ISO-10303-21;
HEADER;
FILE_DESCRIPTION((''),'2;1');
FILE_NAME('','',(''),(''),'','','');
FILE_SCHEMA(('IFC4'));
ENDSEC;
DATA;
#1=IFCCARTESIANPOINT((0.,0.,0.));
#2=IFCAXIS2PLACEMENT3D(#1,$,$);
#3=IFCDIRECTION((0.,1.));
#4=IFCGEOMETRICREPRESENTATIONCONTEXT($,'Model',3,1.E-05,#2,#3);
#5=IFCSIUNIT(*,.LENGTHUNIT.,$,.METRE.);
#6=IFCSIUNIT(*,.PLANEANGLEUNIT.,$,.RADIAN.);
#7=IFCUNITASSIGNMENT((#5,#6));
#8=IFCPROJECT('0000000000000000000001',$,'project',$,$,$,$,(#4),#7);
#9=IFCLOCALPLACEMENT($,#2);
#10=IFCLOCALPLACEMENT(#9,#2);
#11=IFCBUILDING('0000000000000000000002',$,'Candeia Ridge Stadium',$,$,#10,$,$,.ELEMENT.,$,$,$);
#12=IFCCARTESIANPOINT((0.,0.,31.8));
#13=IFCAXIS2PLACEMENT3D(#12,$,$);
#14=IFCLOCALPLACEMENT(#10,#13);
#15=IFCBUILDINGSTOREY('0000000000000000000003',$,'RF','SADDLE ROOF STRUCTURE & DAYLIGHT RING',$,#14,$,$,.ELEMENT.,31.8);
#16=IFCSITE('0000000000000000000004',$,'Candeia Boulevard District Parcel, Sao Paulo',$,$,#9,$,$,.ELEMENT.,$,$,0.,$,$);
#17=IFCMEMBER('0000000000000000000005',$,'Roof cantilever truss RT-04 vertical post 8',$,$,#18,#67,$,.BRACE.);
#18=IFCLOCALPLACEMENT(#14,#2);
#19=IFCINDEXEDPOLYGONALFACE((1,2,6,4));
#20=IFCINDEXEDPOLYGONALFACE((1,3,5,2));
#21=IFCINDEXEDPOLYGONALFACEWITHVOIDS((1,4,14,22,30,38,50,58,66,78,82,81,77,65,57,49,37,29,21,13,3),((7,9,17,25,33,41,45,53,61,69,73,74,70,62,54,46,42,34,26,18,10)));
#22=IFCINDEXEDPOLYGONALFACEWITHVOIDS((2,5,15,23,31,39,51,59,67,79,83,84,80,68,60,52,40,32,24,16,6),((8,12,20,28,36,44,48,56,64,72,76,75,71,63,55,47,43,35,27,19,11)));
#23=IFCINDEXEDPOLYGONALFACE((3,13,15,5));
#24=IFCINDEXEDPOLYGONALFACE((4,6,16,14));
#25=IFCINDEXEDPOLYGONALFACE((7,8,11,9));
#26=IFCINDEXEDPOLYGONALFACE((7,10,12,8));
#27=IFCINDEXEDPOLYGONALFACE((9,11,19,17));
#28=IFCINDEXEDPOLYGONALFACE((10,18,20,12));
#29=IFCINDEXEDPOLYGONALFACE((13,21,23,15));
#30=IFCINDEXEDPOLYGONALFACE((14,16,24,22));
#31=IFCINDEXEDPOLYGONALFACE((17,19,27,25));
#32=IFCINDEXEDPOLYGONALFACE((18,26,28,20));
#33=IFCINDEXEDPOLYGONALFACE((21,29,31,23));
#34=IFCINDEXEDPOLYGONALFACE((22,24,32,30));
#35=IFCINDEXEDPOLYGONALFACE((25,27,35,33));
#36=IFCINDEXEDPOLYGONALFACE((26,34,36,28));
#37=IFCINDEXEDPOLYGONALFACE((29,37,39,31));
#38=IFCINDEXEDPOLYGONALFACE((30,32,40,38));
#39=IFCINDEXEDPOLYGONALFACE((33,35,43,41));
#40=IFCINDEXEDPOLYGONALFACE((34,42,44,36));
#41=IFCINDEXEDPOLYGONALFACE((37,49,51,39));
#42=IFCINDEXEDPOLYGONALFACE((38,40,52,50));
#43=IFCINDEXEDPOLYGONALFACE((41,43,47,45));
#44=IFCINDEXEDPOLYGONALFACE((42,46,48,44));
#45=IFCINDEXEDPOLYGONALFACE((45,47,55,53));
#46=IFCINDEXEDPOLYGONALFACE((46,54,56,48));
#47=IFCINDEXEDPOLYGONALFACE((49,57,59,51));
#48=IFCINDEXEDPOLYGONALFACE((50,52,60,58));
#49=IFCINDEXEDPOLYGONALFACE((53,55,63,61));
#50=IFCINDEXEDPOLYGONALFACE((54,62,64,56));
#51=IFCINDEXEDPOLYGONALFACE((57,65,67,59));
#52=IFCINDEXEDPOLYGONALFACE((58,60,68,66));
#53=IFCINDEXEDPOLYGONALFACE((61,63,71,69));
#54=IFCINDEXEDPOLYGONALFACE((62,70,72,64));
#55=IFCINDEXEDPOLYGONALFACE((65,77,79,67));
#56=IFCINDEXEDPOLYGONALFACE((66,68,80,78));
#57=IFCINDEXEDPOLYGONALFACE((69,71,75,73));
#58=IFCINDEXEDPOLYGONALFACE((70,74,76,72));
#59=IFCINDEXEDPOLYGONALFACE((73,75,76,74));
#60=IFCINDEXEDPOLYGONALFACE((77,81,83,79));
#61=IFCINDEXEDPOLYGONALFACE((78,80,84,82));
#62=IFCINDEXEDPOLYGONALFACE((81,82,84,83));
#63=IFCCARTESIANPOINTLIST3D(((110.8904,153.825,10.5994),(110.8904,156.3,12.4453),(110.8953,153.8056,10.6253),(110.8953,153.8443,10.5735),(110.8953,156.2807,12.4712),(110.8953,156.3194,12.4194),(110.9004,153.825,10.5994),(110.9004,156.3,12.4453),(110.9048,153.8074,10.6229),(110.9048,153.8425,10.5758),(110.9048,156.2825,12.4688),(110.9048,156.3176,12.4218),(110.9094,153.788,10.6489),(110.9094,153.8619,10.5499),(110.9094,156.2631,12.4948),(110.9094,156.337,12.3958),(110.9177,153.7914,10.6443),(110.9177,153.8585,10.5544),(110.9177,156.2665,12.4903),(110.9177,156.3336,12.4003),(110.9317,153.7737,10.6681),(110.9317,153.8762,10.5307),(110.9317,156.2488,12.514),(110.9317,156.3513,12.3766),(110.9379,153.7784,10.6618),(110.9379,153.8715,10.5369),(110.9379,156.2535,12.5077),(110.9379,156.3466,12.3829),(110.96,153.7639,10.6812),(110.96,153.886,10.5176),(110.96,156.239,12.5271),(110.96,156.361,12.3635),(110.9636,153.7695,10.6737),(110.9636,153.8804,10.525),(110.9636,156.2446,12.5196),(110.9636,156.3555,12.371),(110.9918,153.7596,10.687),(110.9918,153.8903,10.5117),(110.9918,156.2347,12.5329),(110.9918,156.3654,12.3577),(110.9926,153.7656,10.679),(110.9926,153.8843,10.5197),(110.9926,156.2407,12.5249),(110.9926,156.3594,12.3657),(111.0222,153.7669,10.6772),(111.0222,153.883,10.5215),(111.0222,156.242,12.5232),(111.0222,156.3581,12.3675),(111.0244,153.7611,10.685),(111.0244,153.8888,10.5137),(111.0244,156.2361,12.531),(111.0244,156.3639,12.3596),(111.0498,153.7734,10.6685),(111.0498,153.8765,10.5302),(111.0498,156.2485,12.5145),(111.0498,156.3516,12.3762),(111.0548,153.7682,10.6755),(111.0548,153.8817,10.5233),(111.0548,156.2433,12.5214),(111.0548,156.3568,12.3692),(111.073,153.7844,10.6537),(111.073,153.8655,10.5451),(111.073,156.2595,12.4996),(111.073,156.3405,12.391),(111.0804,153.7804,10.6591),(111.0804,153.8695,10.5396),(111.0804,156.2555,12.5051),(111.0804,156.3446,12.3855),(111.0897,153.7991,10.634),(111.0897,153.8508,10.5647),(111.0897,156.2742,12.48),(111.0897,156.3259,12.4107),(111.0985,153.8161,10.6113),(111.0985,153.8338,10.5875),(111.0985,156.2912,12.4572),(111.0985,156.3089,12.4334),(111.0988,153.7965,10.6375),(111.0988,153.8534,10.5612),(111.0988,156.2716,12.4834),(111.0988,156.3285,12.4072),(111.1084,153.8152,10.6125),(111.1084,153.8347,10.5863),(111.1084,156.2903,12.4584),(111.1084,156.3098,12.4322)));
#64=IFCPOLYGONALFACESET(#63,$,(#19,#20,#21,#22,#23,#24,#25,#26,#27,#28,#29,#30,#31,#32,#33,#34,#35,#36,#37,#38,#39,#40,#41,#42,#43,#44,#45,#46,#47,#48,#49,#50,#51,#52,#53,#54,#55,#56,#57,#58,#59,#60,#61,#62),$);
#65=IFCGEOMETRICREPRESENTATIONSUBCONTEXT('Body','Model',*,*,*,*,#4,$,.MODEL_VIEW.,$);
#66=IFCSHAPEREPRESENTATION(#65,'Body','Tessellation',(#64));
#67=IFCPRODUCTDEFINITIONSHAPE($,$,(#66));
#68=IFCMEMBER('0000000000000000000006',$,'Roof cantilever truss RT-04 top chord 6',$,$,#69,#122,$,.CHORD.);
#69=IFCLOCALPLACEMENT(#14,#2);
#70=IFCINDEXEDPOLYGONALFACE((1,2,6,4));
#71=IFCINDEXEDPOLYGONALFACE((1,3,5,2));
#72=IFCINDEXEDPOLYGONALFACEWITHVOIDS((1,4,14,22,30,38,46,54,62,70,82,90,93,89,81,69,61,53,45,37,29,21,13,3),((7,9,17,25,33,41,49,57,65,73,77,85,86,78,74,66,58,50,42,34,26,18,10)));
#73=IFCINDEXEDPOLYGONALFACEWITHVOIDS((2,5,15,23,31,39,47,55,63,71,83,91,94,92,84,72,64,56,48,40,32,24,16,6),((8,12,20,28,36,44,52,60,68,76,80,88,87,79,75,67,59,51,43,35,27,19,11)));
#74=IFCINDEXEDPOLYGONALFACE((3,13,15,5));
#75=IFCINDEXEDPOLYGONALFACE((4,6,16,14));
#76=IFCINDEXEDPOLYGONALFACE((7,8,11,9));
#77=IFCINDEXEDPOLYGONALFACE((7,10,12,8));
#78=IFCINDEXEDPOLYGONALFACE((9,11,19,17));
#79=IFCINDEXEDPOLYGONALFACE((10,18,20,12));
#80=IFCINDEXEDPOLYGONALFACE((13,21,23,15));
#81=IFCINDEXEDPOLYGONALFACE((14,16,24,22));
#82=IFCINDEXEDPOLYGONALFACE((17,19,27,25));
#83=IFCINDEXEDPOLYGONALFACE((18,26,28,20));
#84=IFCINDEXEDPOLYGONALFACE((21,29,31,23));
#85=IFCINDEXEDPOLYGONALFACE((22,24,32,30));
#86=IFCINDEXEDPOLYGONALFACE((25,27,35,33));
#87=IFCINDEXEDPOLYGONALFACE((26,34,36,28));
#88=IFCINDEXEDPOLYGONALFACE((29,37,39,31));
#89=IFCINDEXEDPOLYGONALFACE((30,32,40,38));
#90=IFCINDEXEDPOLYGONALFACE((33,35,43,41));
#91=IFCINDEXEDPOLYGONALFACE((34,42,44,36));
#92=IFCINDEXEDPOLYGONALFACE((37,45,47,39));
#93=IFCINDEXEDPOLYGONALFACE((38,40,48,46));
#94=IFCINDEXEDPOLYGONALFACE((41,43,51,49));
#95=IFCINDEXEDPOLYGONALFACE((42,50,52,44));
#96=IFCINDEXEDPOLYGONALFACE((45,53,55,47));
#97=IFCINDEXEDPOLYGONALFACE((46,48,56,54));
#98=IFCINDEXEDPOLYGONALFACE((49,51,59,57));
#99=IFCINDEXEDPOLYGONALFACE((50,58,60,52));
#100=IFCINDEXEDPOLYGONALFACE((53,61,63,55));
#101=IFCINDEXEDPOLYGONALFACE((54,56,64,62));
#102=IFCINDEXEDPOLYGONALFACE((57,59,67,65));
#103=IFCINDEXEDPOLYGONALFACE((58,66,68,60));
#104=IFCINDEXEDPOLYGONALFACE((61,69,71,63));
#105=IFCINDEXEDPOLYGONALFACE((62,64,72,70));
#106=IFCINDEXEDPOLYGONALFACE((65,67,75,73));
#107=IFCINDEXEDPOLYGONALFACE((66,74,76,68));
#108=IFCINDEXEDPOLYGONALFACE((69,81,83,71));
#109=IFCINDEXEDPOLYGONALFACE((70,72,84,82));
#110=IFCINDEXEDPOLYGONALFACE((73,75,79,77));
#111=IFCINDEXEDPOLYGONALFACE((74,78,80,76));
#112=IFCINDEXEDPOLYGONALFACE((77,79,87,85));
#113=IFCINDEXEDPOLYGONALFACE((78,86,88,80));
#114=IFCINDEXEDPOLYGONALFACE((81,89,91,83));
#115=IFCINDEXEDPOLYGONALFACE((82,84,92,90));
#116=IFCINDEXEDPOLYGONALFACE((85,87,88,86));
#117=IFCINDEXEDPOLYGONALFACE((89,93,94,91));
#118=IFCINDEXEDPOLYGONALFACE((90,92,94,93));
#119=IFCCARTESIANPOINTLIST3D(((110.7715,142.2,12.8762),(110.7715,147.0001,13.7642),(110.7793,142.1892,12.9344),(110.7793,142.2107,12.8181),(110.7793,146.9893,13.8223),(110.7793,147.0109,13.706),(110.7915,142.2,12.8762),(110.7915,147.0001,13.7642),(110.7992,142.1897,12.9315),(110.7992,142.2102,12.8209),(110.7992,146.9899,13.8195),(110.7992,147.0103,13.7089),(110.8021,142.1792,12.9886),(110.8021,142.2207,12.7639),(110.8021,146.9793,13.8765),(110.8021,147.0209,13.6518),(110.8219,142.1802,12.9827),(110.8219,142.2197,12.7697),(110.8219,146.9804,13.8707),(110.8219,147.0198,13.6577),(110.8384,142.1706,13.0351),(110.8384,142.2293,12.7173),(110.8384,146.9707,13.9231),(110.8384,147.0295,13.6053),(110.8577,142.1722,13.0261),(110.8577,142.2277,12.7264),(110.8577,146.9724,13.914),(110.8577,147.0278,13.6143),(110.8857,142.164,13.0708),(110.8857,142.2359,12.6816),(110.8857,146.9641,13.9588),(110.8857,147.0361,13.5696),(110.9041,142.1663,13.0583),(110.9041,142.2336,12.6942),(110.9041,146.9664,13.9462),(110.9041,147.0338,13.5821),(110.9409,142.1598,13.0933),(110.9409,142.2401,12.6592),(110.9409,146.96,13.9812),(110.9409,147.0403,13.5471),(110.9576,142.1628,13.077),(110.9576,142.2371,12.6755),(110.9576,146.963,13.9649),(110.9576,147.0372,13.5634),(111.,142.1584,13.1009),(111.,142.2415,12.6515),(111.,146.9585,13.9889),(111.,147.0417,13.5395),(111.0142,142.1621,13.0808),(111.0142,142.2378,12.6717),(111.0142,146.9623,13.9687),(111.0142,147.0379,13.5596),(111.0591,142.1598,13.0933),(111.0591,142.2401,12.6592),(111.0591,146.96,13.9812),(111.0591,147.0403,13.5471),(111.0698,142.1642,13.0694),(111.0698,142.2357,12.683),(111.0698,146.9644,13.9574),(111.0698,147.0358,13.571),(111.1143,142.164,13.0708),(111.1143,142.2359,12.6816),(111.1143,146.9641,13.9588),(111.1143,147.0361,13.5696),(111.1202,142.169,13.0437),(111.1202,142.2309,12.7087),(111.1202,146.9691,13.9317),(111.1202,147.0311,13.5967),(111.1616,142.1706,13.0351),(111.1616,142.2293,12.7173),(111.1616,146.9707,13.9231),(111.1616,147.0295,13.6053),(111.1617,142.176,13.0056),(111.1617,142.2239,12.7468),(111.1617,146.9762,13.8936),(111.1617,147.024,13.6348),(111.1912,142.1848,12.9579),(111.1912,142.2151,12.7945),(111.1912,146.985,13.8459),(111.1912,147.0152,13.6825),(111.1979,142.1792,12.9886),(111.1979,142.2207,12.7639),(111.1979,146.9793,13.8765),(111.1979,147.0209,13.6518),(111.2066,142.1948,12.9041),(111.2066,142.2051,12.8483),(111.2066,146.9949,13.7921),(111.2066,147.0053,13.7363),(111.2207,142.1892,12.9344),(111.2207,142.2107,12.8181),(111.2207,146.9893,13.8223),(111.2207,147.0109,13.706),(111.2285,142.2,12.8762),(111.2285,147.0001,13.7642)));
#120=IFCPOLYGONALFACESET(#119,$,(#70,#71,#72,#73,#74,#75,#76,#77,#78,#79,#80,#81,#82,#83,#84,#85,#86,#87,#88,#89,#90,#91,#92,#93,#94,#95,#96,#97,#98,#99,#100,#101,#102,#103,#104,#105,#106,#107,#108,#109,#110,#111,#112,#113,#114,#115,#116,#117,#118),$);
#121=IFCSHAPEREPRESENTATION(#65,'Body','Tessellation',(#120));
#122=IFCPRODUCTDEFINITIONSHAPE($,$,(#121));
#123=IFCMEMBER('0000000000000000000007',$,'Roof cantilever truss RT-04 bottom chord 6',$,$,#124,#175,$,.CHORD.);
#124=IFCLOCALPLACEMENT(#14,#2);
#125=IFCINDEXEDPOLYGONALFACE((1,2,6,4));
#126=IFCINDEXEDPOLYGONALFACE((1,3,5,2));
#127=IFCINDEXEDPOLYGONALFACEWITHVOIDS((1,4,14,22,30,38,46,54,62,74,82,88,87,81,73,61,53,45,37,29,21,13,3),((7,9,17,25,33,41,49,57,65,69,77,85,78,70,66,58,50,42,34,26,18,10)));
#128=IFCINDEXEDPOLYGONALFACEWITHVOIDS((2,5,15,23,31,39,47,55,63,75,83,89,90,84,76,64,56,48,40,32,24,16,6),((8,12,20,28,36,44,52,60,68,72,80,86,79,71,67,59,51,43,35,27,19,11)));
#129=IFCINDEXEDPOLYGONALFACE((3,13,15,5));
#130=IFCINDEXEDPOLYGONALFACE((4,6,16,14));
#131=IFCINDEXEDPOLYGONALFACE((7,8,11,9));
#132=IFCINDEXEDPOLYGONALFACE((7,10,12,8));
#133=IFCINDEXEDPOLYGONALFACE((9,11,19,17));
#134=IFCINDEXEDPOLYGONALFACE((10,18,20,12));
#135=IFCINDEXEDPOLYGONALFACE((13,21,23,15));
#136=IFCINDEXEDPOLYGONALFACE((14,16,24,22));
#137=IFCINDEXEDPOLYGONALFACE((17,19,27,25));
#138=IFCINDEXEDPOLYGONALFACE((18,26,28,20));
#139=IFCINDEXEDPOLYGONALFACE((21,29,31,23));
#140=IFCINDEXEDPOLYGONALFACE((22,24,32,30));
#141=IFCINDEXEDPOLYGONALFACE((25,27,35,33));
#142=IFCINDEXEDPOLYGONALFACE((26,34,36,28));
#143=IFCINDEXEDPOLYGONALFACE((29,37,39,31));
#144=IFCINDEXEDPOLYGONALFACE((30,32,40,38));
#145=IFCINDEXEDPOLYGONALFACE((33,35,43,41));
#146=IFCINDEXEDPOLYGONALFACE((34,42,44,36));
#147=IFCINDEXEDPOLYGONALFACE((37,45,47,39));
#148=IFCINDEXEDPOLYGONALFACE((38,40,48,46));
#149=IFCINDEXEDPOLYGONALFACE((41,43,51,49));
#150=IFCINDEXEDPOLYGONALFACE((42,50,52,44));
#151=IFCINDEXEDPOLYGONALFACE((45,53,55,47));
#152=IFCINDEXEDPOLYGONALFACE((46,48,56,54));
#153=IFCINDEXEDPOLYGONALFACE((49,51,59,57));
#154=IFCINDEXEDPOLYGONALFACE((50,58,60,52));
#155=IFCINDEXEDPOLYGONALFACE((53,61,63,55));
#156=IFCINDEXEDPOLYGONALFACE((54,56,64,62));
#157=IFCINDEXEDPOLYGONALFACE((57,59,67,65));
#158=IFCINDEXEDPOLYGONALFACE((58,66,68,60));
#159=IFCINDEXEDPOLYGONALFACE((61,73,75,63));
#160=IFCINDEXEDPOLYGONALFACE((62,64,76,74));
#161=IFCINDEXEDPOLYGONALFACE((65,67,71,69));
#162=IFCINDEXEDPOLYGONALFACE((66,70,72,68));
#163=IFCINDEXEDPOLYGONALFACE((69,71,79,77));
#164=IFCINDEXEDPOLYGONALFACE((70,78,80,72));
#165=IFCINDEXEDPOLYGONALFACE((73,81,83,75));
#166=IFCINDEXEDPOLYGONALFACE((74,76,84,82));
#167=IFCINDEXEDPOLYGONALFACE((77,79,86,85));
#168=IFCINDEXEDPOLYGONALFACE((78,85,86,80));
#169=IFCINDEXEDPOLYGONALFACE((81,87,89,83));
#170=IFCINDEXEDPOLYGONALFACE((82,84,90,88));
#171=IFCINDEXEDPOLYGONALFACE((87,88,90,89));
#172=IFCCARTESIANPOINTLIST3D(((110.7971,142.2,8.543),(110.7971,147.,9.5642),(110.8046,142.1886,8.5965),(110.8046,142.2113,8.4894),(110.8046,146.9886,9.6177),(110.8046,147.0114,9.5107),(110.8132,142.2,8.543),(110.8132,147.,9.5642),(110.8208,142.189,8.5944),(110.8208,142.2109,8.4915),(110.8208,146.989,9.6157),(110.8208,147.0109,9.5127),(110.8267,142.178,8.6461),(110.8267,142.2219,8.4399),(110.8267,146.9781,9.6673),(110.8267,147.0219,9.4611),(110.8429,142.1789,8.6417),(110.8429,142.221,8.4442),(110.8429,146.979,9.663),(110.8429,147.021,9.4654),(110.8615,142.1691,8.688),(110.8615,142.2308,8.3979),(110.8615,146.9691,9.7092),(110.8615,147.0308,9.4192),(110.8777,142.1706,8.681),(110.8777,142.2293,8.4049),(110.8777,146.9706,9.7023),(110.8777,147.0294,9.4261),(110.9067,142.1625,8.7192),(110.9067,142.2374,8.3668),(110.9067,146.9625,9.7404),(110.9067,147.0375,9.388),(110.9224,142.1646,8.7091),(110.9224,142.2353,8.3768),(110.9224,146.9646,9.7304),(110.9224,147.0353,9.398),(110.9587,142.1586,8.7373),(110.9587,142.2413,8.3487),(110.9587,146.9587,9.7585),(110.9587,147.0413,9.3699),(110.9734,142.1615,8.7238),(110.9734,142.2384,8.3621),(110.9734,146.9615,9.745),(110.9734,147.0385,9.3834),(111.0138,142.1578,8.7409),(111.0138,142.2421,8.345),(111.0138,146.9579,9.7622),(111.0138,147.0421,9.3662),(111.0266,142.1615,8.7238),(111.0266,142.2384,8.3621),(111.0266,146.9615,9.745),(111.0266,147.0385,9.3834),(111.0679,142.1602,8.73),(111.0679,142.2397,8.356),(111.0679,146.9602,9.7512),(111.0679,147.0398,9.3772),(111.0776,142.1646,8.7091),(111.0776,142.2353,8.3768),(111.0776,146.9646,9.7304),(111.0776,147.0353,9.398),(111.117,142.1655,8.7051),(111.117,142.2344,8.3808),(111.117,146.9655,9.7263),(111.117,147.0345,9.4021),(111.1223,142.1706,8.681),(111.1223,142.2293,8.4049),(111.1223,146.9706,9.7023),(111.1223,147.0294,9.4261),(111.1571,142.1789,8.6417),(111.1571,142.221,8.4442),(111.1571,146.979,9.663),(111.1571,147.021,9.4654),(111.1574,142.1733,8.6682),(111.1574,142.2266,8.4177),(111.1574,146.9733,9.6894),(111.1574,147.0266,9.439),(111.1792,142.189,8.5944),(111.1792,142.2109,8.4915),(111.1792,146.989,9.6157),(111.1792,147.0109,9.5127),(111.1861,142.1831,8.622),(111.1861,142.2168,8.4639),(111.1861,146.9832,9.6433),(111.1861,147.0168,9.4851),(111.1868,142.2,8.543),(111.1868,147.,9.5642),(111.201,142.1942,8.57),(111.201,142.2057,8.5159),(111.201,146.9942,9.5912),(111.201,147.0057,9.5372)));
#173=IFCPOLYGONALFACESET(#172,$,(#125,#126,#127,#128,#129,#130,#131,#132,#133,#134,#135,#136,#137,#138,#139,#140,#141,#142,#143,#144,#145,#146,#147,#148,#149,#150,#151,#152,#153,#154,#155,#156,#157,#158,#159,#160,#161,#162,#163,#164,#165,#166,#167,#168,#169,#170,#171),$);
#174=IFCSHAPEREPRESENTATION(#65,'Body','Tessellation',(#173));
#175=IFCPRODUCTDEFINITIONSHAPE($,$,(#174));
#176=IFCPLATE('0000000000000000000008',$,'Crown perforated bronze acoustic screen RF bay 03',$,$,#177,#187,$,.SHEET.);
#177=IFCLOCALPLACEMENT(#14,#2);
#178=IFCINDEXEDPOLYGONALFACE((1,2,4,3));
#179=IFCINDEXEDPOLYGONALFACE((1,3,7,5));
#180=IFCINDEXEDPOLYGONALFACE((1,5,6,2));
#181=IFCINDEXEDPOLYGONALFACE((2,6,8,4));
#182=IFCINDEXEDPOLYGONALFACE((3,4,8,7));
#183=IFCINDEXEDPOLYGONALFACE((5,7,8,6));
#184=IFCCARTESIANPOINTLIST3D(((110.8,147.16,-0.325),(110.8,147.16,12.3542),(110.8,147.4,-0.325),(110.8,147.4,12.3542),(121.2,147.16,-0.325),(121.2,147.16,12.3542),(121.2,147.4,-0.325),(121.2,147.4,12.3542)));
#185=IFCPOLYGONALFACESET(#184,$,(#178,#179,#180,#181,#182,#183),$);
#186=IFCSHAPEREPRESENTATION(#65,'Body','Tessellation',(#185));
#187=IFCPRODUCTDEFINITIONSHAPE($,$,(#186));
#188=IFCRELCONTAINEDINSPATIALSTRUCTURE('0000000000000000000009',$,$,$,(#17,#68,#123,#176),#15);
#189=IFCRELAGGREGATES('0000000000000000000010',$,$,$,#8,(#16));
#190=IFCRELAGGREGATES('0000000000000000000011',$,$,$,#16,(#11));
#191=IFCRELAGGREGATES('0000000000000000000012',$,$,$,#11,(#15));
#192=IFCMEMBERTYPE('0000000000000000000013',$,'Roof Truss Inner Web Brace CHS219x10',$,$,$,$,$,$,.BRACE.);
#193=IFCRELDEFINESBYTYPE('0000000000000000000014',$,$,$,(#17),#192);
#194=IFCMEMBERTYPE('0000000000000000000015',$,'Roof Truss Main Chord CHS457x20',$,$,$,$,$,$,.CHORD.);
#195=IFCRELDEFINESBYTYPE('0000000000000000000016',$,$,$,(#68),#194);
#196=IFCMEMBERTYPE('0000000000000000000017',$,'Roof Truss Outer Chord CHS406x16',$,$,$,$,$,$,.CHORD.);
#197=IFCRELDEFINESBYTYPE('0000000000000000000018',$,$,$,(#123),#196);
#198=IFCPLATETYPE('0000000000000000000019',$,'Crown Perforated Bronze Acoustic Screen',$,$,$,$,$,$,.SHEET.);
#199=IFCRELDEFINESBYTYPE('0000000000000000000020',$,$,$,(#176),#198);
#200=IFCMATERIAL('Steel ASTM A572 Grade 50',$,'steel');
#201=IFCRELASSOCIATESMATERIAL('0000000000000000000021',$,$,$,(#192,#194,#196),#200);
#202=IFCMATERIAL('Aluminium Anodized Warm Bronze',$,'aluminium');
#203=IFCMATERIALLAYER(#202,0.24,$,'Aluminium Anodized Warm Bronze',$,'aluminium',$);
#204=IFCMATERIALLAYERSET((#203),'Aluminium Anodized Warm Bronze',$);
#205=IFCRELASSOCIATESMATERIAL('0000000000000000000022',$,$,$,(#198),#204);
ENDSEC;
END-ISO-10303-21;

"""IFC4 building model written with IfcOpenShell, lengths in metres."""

from ifc_helpers import new_model, si_unit, direction, frame, origin, origin_2d, place, context, subcontext, project, spatial, rectangle, hollow_circle, extrude, material, layer, layer_set, material_profile, profile_set, type_object, element, save


model = new_model("IFC4")

# Units and contexts
model_context = context("Model", 3, precision=1e-05, world=origin(), true_north=direction((0.0, 1.0)))
body_context = subcontext(model_context, "Body", "Model", "MODEL_VIEW")
ifc_project = project(units=[si_unit("LENGTHUNIT", "METRE"), si_unit("PLANEANGLEUNIT", "RADIAN")], contexts=[model_context])

# Site, building, storey
site_placement = place(None, origin())
site = spatial("IfcSite", under=ifc_project, at=site_placement, Name="Candeia Boulevard District Parcel, Sao Paulo", CompositionType="ELEMENT", RefElevation=0.0)
building_placement = place(site_placement, origin())
building = spatial("IfcBuilding", under=site, at=building_placement, Name="Candeia Ridge Stadium", CompositionType="ELEMENT")
storey_placement = place(building_placement, frame((0.0, 0.0, 31.8)))
storey = spatial("IfcBuildingStorey", under=building, at=storey_placement, Name="RF", Description="SADDLE ROOF STRUCTURE & DAYLIGHT RING", CompositionType="ELEMENT", Elevation=31.8)

# Shared definitions
ifc_material_1 = material(Name="Steel ASTM A572 Grade 50", Category="steel")

# Members
ifc_material_profile_1 = material_profile(ifc_material_1, hollow_circle(Radius=0.1096, WallThickness=0.01, at=origin_2d()), Name="CHS219x10", Category="steel")
ifc_profile_set_1 = profile_set([ifc_material_profile_1], Name="Steel ASTM A572 Grade 50")
member_type_1 = type_object("IfcMemberType", Name="Roof Truss Inner Web Brace CHS219x10", PredefinedType="BRACE", material=ifc_profile_set_1)
member_1_placement = place(storey_placement, frame((111.0, 153.825, 10.5994), z_axis=(0.0, 0.80161, 0.597847), x_axis=(-1.0, 0.0, 0.0)))
element("IfcMember", 1, at=member_1_placement, inside=storey, type_object=member_type_1, Name="Roof cantilever truss RT-04 vertical post 8", PredefinedType="BRACE", context=body_context, shape_type="SweptSolid", body=[
    extrude(hollow_circle(Radius=0.1096, WallThickness=0.01, at=origin_2d()), origin(), (0.0, 0.0, 1.0), 3.0876),
])
ifc_material_profile_2 = material_profile(ifc_material_1, hollow_circle(Radius=0.2285, WallThickness=0.02, at=origin_2d()), Name="CHS457x20", Category="steel")
ifc_profile_set_2 = profile_set([ifc_material_profile_2], Name="Steel ASTM A572 Grade 50")
member_type_2 = type_object("IfcMemberType", Name="Roof Truss Main Chord CHS457x20", PredefinedType="CHORD", material=ifc_profile_set_2)
member_2_placement = place(storey_placement, frame((111.0, 142.2, 12.8762), z_axis=(0.0, 0.983317, 0.181899), x_axis=(-1.0, 0.0, 0.0)))
element("IfcMember", 2, at=member_2_placement, inside=storey, type_object=member_type_2, Name="Roof cantilever truss RT-04 top chord 6", PredefinedType="CHORD", context=body_context, shape_type="SweptSolid", body=[
    extrude(hollow_circle(Radius=0.2285, WallThickness=0.02, at=origin_2d()), origin(), (0.0, 0.0, 1.0), 4.8816),
])
ifc_material_profile_3 = material_profile(ifc_material_1, hollow_circle(Radius=0.2029, WallThickness=0.0161, at=origin_2d()), Name="CHS406x16", Category="steel")
ifc_profile_set_3 = profile_set([ifc_material_profile_3], Name="Steel ASTM A572 Grade 50")
member_type_3 = type_object("IfcMemberType", Name="Roof Truss Outer Chord CHS406x16", PredefinedType="CHORD", material=ifc_profile_set_3)
member_3_placement = place(storey_placement, frame((111.0, 142.2, 8.543), z_axis=(0.0, 0.978108, 0.208099), x_axis=(-1.0, 0.0, 0.0)))
element("IfcMember", 3, at=member_3_placement, inside=storey, type_object=member_type_3, Name="Roof cantilever truss RT-04 bottom chord 6", PredefinedType="CHORD", context=body_context, shape_type="SweptSolid", body=[
    extrude(hollow_circle(Radius=0.2029, WallThickness=0.0161, at=origin_2d()), origin(), (0.0, 0.0, 1.0), 4.9075),
])

# Plate
ifc_material_2 = material(Name="Aluminium Anodized Warm Bronze", Category="aluminium")
ifc_layer_1 = layer(ifc_material_2, 0.24, Name="Aluminium Anodized Warm Bronze", Category="aluminium")
ifc_layer_set_1 = layer_set([ifc_layer_1], Name="Aluminium Anodized Warm Bronze")
plate_type_1 = type_object("IfcPlateType", Name="Crown Perforated Bronze Acoustic Screen", PredefinedType="SHEET", material=ifc_layer_set_1)
plate_1_placement = place(storey_placement, frame((116.0, 147.28, -0.325), z_axis=(0.0, 0.0, 1.0), x_axis=(-1.0, 0.0, 0.0)))
element("IfcPlate", 4, at=plate_1_placement, inside=storey, type_object=plate_type_1, Name="Crown perforated bronze acoustic screen RF bay 03", PredefinedType="SHEET", context=body_context, shape_type="SweptSolid", body=[
    extrude(rectangle(XDim=10.3999, YDim=0.24, at=origin_2d()), origin(), (0.0, 0.0, 1.0), 12.6792),
])

save(model, "model.ifc")
